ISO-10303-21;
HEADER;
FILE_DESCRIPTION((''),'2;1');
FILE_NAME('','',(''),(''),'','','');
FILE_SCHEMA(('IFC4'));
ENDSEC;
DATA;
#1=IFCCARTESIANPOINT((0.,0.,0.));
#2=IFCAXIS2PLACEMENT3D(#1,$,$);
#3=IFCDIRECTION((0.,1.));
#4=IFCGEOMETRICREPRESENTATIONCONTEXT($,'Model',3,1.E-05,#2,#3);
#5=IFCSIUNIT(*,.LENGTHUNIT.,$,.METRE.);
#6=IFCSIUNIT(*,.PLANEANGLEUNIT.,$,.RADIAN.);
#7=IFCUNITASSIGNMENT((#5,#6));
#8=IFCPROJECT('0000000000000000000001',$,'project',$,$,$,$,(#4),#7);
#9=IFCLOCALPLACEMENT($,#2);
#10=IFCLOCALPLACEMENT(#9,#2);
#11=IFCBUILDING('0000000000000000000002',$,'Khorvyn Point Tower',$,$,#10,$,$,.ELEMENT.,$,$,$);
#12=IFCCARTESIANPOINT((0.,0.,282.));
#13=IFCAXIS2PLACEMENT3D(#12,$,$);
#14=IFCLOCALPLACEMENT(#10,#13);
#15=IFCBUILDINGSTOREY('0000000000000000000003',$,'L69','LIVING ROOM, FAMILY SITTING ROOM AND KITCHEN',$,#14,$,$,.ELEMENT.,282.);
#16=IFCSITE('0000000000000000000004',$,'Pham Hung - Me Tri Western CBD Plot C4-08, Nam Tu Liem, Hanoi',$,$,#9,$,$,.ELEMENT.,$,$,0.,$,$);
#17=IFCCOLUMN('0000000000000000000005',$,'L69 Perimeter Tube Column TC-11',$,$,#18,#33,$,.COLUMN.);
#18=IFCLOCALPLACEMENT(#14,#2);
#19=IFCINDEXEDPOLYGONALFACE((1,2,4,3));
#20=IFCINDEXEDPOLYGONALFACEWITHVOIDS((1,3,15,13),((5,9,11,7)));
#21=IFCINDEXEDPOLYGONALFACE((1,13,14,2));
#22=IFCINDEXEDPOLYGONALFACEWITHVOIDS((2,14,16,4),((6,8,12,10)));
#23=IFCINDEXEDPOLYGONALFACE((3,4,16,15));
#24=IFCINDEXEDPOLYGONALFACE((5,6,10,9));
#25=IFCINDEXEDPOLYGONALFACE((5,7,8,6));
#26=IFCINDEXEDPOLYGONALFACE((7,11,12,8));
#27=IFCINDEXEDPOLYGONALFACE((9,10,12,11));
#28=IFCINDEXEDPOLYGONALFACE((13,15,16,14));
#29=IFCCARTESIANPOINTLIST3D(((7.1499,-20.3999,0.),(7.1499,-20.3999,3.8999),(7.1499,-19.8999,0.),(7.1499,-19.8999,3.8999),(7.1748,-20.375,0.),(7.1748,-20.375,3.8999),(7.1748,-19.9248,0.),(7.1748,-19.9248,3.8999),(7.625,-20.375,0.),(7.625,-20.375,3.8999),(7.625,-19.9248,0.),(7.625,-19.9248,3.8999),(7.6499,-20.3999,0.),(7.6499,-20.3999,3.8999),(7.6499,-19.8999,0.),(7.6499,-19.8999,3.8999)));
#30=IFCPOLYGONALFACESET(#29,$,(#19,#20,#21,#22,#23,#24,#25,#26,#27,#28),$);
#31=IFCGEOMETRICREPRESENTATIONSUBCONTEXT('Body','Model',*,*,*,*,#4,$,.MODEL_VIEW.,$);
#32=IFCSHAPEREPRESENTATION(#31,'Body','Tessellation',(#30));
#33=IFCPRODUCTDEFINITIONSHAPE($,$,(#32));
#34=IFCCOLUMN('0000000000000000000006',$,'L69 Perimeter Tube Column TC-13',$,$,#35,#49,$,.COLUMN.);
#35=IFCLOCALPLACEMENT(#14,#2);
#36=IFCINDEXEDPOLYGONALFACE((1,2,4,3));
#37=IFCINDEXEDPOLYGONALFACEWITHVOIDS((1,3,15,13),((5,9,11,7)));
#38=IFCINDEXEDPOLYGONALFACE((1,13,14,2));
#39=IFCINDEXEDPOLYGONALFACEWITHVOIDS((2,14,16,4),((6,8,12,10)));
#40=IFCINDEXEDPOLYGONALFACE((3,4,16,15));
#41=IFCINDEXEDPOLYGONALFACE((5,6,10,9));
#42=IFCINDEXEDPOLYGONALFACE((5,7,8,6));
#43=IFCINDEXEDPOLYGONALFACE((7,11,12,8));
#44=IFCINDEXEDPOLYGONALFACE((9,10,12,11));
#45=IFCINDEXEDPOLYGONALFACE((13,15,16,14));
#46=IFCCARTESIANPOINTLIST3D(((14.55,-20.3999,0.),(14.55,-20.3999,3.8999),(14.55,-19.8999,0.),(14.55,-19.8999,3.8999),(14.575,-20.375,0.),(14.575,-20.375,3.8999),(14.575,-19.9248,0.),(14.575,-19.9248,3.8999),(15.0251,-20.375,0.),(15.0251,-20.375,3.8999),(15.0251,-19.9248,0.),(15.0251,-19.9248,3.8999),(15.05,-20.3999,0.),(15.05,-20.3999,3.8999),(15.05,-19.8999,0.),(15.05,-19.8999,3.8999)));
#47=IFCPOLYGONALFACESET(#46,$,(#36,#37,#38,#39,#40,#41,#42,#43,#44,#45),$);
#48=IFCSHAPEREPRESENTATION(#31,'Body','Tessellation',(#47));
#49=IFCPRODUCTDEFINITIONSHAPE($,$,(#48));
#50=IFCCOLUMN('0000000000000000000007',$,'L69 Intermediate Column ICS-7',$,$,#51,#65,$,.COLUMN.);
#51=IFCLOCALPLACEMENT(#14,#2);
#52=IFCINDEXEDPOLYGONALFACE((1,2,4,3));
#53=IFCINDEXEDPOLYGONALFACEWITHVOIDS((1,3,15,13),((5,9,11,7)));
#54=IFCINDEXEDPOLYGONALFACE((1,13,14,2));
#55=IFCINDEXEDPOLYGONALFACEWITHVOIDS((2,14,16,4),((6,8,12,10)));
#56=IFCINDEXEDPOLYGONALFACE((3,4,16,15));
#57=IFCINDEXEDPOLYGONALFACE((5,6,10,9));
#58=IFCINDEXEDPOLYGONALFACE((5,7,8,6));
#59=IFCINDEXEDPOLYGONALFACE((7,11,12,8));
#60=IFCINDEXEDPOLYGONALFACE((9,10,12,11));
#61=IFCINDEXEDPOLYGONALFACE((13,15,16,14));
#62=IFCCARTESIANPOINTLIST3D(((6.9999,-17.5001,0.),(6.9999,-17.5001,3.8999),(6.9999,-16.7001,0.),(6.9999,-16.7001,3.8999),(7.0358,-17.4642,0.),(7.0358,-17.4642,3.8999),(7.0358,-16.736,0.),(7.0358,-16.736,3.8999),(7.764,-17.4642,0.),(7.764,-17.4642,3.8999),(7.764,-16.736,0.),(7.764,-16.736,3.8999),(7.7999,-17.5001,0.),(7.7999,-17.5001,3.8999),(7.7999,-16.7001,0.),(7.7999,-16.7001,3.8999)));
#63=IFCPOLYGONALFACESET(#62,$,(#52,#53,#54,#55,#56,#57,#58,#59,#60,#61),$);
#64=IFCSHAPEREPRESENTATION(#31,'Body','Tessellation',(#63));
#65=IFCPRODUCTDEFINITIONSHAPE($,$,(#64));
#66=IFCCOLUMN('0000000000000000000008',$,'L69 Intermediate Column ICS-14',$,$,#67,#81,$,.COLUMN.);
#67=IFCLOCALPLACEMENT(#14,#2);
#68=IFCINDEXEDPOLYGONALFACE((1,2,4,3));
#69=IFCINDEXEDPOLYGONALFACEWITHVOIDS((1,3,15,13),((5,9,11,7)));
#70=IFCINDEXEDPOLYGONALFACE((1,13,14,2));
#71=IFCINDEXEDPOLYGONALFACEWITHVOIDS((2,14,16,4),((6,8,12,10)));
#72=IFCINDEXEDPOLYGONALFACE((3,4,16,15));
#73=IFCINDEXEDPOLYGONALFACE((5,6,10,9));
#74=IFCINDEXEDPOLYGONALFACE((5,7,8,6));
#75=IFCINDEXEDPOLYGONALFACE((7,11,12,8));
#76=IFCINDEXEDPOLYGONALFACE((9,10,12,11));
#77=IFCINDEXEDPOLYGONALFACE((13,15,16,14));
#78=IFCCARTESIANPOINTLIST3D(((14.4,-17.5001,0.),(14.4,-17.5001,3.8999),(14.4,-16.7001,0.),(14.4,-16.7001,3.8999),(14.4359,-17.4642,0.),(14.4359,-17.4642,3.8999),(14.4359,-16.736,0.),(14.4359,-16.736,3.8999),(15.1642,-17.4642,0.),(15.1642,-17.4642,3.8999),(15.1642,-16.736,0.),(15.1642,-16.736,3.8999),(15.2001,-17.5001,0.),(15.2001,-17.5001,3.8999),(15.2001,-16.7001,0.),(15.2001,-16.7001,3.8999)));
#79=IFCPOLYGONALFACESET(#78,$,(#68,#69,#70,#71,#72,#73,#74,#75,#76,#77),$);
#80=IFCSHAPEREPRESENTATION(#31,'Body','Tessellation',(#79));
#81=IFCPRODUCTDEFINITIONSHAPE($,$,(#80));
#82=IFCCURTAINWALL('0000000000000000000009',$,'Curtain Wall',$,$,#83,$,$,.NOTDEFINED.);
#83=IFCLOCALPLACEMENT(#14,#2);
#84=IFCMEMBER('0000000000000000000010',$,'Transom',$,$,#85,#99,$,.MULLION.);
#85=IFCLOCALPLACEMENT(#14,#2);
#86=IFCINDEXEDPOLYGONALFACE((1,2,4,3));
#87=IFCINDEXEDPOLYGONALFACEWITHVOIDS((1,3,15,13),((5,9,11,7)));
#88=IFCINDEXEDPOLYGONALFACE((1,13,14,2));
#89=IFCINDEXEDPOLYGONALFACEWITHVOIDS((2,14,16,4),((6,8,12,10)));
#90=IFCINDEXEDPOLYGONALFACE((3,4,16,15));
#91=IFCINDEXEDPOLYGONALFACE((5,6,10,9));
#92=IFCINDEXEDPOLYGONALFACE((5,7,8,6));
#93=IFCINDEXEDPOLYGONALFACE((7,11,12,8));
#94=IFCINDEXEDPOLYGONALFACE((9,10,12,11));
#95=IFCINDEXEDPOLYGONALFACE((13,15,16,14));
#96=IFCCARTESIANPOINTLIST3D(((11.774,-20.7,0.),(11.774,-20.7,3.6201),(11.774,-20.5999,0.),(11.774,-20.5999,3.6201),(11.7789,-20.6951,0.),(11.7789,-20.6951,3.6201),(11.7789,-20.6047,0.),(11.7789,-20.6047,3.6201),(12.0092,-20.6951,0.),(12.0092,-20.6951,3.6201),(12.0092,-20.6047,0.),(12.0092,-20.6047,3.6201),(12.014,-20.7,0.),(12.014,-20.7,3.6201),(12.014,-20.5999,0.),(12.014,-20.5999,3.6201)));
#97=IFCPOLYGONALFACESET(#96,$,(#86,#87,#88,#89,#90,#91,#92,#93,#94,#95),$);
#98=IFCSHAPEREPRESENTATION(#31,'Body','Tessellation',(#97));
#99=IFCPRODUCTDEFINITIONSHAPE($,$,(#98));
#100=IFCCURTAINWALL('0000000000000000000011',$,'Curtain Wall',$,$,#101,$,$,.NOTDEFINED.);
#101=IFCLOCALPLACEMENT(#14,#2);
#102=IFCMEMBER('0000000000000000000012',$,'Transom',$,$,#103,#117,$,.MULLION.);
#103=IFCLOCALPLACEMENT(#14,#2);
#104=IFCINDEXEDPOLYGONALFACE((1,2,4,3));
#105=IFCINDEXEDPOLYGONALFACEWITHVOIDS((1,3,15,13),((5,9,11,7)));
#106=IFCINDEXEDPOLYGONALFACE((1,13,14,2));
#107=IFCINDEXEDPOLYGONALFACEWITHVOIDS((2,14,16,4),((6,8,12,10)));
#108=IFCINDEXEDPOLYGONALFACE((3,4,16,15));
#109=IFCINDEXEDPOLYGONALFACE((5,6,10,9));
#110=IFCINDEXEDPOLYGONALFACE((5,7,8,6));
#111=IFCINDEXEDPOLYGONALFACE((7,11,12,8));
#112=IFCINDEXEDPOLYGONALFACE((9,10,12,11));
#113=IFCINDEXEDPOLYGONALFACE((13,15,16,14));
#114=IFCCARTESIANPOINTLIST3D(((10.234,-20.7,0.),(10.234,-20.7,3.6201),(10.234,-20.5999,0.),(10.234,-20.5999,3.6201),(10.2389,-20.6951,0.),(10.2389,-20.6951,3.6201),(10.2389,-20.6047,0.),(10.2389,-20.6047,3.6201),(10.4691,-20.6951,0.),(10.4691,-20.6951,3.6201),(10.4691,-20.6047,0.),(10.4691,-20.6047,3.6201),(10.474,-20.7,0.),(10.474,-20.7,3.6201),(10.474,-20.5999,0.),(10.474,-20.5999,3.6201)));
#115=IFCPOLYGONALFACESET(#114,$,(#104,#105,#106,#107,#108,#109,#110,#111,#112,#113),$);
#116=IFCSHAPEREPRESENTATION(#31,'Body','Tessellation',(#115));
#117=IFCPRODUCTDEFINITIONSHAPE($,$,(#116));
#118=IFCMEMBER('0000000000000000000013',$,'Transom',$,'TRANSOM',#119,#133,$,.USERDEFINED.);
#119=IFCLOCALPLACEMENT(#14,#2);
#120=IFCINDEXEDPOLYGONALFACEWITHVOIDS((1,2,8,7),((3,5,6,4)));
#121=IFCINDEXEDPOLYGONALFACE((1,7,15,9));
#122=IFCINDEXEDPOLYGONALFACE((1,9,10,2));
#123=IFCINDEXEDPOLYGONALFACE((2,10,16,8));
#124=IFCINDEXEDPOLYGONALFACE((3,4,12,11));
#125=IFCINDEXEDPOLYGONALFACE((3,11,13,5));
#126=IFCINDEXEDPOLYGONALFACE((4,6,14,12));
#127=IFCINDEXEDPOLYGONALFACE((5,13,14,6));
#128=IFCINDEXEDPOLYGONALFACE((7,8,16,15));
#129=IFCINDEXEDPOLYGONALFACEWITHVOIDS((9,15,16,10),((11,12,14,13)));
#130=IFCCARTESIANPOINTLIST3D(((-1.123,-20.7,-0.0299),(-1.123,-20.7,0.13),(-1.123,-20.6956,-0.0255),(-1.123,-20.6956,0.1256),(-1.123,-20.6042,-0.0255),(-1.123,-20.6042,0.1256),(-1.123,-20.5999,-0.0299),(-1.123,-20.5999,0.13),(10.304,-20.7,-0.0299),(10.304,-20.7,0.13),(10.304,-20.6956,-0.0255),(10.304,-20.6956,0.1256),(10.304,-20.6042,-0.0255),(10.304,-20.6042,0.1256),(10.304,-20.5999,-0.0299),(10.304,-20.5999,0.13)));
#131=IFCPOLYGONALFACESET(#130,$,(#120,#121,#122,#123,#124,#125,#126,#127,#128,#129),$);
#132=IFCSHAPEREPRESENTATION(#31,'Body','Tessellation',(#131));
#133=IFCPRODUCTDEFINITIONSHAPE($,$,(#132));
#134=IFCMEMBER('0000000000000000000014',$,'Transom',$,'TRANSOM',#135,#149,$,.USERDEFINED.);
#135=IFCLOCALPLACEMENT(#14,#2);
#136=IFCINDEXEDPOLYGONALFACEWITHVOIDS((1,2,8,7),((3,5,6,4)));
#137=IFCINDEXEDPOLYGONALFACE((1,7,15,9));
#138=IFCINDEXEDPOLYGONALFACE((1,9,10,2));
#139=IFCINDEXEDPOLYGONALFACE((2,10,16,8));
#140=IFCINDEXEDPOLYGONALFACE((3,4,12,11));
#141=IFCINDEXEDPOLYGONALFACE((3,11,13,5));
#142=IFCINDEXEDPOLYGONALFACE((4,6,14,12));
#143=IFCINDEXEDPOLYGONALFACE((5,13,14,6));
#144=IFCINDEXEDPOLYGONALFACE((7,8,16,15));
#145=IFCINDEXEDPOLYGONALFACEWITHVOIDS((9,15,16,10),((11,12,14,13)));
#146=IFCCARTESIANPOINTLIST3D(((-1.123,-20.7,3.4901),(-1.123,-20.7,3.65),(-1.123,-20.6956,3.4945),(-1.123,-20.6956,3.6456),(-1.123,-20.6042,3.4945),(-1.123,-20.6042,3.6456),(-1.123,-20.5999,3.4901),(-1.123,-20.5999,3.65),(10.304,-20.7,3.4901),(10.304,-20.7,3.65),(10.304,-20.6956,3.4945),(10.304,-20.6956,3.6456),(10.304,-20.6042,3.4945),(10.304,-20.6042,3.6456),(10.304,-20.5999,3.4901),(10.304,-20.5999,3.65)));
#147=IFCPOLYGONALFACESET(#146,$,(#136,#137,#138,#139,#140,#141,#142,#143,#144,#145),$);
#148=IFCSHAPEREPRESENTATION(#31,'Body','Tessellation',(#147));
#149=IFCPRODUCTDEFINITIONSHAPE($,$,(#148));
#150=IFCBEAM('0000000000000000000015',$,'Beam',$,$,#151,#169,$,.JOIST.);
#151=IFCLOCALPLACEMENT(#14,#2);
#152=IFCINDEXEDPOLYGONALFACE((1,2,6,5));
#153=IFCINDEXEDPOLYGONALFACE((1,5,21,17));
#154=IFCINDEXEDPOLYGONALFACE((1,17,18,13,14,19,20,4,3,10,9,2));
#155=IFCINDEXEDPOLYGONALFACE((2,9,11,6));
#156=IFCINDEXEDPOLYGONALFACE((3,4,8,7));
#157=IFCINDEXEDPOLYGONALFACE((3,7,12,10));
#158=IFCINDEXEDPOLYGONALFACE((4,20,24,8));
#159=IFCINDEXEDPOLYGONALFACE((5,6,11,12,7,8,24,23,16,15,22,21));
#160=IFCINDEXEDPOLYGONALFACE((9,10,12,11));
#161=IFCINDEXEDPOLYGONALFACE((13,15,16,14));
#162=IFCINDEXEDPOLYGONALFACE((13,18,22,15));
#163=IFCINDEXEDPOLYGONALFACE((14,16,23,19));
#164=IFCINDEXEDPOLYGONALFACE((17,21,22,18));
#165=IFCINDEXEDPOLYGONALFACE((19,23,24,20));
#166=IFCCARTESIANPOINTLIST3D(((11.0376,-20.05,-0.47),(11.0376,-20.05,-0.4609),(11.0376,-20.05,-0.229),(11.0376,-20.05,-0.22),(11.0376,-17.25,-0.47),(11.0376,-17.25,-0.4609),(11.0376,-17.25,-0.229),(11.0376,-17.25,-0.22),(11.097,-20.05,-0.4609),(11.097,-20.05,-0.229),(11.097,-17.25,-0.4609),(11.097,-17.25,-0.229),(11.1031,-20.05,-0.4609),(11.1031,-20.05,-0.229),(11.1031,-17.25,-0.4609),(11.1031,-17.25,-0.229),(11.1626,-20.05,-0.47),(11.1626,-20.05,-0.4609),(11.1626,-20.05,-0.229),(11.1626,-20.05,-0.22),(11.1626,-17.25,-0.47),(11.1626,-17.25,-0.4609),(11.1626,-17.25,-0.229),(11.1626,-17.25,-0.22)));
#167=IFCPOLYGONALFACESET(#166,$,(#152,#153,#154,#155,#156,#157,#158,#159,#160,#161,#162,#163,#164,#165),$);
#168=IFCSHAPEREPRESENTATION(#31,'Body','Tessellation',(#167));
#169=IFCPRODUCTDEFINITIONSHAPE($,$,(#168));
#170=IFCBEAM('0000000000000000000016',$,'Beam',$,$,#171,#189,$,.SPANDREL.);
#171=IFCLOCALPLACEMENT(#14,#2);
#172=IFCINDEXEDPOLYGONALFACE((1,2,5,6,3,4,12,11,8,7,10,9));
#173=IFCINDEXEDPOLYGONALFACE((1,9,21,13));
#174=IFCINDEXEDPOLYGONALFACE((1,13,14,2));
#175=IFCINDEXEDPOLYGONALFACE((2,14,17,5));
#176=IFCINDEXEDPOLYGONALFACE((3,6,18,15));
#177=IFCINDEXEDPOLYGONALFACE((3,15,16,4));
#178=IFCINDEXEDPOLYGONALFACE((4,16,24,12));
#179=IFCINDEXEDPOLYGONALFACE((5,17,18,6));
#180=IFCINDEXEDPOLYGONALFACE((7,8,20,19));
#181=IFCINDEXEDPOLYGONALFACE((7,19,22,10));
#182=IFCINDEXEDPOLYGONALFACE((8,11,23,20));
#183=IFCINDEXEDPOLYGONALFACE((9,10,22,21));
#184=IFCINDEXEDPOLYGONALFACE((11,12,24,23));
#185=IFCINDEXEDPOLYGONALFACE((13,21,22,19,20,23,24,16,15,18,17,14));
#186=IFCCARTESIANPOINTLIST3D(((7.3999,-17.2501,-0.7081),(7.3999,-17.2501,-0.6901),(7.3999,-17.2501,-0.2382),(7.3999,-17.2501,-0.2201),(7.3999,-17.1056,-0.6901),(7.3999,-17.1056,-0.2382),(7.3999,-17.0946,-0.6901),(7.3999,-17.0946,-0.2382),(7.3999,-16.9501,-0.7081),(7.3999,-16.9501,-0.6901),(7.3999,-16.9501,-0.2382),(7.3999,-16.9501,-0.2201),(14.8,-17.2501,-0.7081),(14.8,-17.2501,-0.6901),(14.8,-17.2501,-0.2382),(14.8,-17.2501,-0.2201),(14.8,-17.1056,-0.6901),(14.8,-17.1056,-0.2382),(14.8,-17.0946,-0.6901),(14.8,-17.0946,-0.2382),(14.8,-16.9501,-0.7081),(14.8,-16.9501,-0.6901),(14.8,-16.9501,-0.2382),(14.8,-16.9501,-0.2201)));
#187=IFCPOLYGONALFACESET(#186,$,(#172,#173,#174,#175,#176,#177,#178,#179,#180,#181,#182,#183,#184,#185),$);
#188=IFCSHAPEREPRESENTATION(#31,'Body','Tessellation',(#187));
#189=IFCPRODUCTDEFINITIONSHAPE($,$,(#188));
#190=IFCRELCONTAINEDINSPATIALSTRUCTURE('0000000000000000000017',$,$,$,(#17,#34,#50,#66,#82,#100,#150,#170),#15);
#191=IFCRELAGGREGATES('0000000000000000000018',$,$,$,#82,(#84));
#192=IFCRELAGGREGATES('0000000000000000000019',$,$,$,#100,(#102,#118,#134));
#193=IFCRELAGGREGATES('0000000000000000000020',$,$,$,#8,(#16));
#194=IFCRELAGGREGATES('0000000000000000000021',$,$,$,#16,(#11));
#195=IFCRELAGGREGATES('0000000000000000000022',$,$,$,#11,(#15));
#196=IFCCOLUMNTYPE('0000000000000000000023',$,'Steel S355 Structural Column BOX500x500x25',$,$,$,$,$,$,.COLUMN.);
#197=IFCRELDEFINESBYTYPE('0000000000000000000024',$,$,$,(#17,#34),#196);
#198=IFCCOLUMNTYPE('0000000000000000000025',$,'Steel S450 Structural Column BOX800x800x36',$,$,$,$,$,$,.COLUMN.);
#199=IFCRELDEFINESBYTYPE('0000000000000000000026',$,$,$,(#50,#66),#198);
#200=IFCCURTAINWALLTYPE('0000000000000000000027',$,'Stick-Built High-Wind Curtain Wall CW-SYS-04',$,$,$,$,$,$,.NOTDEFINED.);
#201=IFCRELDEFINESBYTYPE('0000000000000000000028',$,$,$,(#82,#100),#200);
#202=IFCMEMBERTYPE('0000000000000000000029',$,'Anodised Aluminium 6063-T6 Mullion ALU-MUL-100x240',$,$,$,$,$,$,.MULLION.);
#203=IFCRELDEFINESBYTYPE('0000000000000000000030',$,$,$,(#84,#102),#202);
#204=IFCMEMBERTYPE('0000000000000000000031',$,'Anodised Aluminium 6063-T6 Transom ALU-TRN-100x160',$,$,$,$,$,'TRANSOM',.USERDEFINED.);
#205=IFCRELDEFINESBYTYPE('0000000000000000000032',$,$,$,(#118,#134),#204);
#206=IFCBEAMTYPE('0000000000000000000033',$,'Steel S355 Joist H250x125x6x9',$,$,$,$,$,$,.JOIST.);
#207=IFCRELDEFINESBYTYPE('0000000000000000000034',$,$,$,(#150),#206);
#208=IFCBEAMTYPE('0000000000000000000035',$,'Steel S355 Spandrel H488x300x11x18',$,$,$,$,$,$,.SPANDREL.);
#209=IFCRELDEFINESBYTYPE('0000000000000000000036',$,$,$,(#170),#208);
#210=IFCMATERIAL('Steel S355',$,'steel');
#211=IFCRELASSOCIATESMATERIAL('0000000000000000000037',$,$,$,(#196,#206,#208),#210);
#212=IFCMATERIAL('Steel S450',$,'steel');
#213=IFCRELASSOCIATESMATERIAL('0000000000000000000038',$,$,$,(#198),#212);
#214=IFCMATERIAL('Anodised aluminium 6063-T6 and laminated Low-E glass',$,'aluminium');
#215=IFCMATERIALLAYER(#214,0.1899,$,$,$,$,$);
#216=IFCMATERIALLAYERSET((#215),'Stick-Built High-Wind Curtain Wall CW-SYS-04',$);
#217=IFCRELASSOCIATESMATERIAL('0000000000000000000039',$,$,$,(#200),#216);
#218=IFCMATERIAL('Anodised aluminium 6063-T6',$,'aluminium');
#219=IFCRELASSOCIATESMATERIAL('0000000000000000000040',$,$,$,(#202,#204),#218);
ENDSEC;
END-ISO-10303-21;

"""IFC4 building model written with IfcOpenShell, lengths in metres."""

from ifc_helpers import new_model, si_unit, direction, frame, origin, origin_2d, place, context, subcontext, project, spatial, hollow_rectangle, i_section, extrude, material, layer, layer_set, material_profile, profile_set, type_object, element, aggregate, save


model = new_model("IFC4")

# Units and contexts
model_context = context("Model", 3, precision=1e-05, world=origin(), true_north=direction((0.0, 1.0)))
body_context = subcontext(model_context, "Body", "Model", "MODEL_VIEW")
ifc_project = project(units=[si_unit("LENGTHUNIT", "METRE"), si_unit("PLANEANGLEUNIT", "RADIAN")], contexts=[model_context])

# Site, building, storey
site_placement = place(None, origin())
site = spatial("IfcSite", under=ifc_project, at=site_placement, Name="Pham Hung - Me Tri Western CBD Plot C4-08, Nam Tu Liem, Hanoi", CompositionType="ELEMENT", RefElevation=0.0)
building_placement = place(site_placement, origin())
building = spatial("IfcBuilding", under=site, at=building_placement, Name="Khorvyn Point Tower", CompositionType="ELEMENT")
storey_placement = place(building_placement, frame((0.0, 0.0, 282.0)))
storey = spatial("IfcBuildingStorey", under=building, at=storey_placement, Name="L69", Description="LIVING ROOM, FAMILY SITTING ROOM AND KITCHEN", CompositionType="ELEMENT", Elevation=282.0)

# Columns
ifc_material_1 = material(Name="Steel S355", Category="steel")
ifc_material_profile_1 = material_profile(ifc_material_1, hollow_rectangle(XDim=0.5, YDim=0.5, WallThickness=0.0249, at=origin_2d()))
ifc_profile_set_1 = profile_set([ifc_material_profile_1], Name="Steel S355 BOX500x500x25")
column_type_1 = type_object("IfcColumnType", Name="Steel S355 Structural Column BOX500x500x25", PredefinedType="COLUMN", material=ifc_profile_set_1)
for number, where, z_axis, x_axis, name in (
    (1, (7.3999, -20.1499, 0.0), (0.0, 0.0, 1.0), (1.0, 0.0, 0.0), "L69 Perimeter Tube Column TC-11"),
    (2, (14.8, -20.1499, 0.0), (0.0, 0.0, 1.0), (1.0, 0.0, 0.0), "L69 Perimeter Tube Column TC-13"),
):
    element("IfcColumn", number, at=place(storey_placement, frame(where, z_axis=z_axis, x_axis=x_axis)), inside=storey, type_object=column_type_1, Name=name, PredefinedType="COLUMN", context=body_context, shape_type="SweptSolid", body=[
        extrude(hollow_rectangle(XDim=0.5, YDim=0.5, WallThickness=0.0249, at=origin_2d()), origin(), (0.0, 0.0, 1.0), 3.8999),
    ])
ifc_material_2 = material(Name="Steel S450", Category="steel")
ifc_material_profile_2 = material_profile(ifc_material_2, hollow_rectangle(XDim=0.8, YDim=0.8, WallThickness=0.0359, at=origin_2d()))
ifc_profile_set_2 = profile_set([ifc_material_profile_2], Name="Steel S450 BOX800x800x36")
column_type_2 = type_object("IfcColumnType", Name="Steel S450 Structural Column BOX800x800x36", PredefinedType="COLUMN", material=ifc_profile_set_2)
for number, where, z_axis, x_axis, name in (
    (3, (7.3999, -17.1001, 0.0), (0.0, 0.0, 1.0), (1.0, 0.0, 0.0), "L69 Intermediate Column ICS-7"),
    (4, (14.8, -17.1001, 0.0), (0.0, 0.0, 1.0), (1.0, 0.0, 0.0), "L69 Intermediate Column ICS-14"),
):
    element("IfcColumn", number, at=place(storey_placement, frame(where, z_axis=z_axis, x_axis=x_axis)), inside=storey, type_object=column_type_2, Name=name, PredefinedType="COLUMN", context=body_context, shape_type="SweptSolid", body=[
        extrude(hollow_rectangle(XDim=0.8, YDim=0.8, WallThickness=0.0359, at=origin_2d()), origin(), (0.0, 0.0, 1.0), 3.8999),
    ])

# Curtain wall, member
ifc_material_3 = material(Name="Anodised aluminium 6063-T6 and laminated Low-E glass", Category="aluminium")
ifc_layer_1 = layer(ifc_material_3, 0.1899)
ifc_layer_set_1 = layer_set([ifc_layer_1], Name="Stick-Built High-Wind Curtain Wall CW-SYS-04")
curtain_wall_type = type_object("IfcCurtainWallType", Name="Stick-Built High-Wind Curtain Wall CW-SYS-04", PredefinedType="NOTDEFINED", material=ifc_layer_set_1)
curtain_wall_1_placement = place(storey_placement, origin())
curtain_wall_1 = element("IfcCurtainWall", 5, at=curtain_wall_1_placement, inside=storey, type_object=curtain_wall_type, Name="Curtain Wall", PredefinedType="NOTDEFINED")
ifc_material_4 = material(Name="Anodised aluminium 6063-T6", Category="aluminium")
ifc_material_profile_3 = material_profile(ifc_material_4, hollow_rectangle(XDim=0.1001, YDim=0.24, WallThickness=0.0049, at=origin_2d()))
ifc_profile_set_3 = profile_set([ifc_material_profile_3], Name="Anodised aluminium 6063-T6 ALU-MUL-100x240")
member_type_1 = type_object("IfcMemberType", Name="Anodised Aluminium 6063-T6 Mullion ALU-MUL-100x240", PredefinedType="MULLION", material=ifc_profile_set_3)
member_1_placement = place(storey_placement, frame((11.894, -20.6499, 0.0), z_axis=(0.0, 0.0, 1.0), x_axis=(0.0, -1.0, 0.0)))
member_1 = element("IfcMember", 6, at=member_1_placement, type_object=member_type_1, Name="Transom", PredefinedType="MULLION", context=body_context, shape_type="SweptSolid", body=[
    extrude(hollow_rectangle(XDim=0.1001, YDim=0.24, WallThickness=0.0049, at=origin_2d()), origin(), (0.0, 0.0, 1.0), 3.6201),
])

# Curtain wall, members
curtain_wall_2_placement = place(storey_placement, origin())
curtain_wall_2 = element("IfcCurtainWall", 7, at=curtain_wall_2_placement, inside=storey, type_object=curtain_wall_type, Name="Curtain Wall", PredefinedType="NOTDEFINED")
member_2_placement = place(storey_placement, frame((10.354, -20.6499, 0.0), z_axis=(0.0, 0.0, 1.0), x_axis=(0.0, -1.0, 0.0)))
member_2 = element("IfcMember", 8, at=member_2_placement, type_object=member_type_1, Name="Transom", PredefinedType="MULLION", context=body_context, shape_type="SweptSolid", body=[
    extrude(hollow_rectangle(XDim=0.1001, YDim=0.24, WallThickness=0.0049, at=origin_2d()), origin(), (0.0, 0.0, 1.0), 3.6201),
])
ifc_material_profile_4 = material_profile(ifc_material_4, hollow_rectangle(XDim=0.1001, YDim=0.1599, WallThickness=0.0044, at=origin_2d()))
ifc_profile_set_4 = profile_set([ifc_material_profile_4], Name="Anodised aluminium 6063-T6 ALU-TRN-100x160")
member_type_2 = type_object("IfcMemberType", Name="Anodised Aluminium 6063-T6 Transom ALU-TRN-100x160", ElementType="TRANSOM", PredefinedType="USERDEFINED", material=ifc_profile_set_4)
member_3_placement = place(storey_placement, frame((10.304, -20.6499, 0.05), z_axis=(-1.0, 0.0, 0.0), x_axis=(0.0, -1.0, 0.0)))
member_3 = element("IfcMember", 9, at=member_3_placement, type_object=member_type_2, Name="Transom", ObjectType="TRANSOM", PredefinedType="USERDEFINED", context=body_context, shape_type="SweptSolid", body=[
    extrude(hollow_rectangle(XDim=0.1001, YDim=0.1599, WallThickness=0.0044, at=origin_2d()), origin(), (0.0, 0.0, 1.0), 11.427),
])
member_4_placement = place(storey_placement, frame((10.304, -20.6499, 3.5701), z_axis=(-1.0, 0.0, 0.0), x_axis=(0.0, -1.0, 0.0)))
member_4 = element("IfcMember", 10, at=member_4_placement, type_object=member_type_2, Name="Transom", ObjectType="TRANSOM", PredefinedType="USERDEFINED", context=body_context, shape_type="SweptSolid", body=[
    extrude(hollow_rectangle(XDim=0.1001, YDim=0.1599, WallThickness=0.0044, at=origin_2d()), origin(), (0.0, 0.0, 1.0), 11.427),
])

# Beams
ifc_material_profile_5 = material_profile(ifc_material_1, i_section(OverallWidth=0.125, OverallDepth=0.25, WebThickness=0.0061, FlangeThickness=0.009, at=origin_2d()))
ifc_profile_set_5 = profile_set([ifc_material_profile_5], Name="Steel S355 H250x125x6x9")
beam_type_1 = type_object("IfcBeamType", Name="Steel S355 Joist H250x125x6x9", PredefinedType="JOIST", material=ifc_profile_set_5)
beam_1_placement = place(storey_placement, frame((11.1001, -20.05, -0.345), z_axis=(0.0, 1.0, 0.0), x_axis=(-1.0, 0.0, 0.0)))
element("IfcBeam", 11, at=beam_1_placement, inside=storey, type_object=beam_type_1, Name="Beam", PredefinedType="JOIST", context=body_context, shape_type="SweptSolid", body=[
    extrude(i_section(OverallWidth=0.125, OverallDepth=0.25, WebThickness=0.0061, FlangeThickness=0.009, at=origin_2d()), origin(), (0.0, 0.0, 1.0), 2.8),
])
ifc_material_profile_6 = material_profile(ifc_material_1, i_section(OverallWidth=0.3, OverallDepth=0.488, WebThickness=0.011, FlangeThickness=0.0181, at=origin_2d()))
ifc_profile_set_6 = profile_set([ifc_material_profile_6], Name="Steel S355 H488x300x11x18")
beam_type_2 = type_object("IfcBeamType", Name="Steel S355 Spandrel H488x300x11x18", PredefinedType="SPANDREL", material=ifc_profile_set_6)
beam_2_placement = place(storey_placement, frame((7.3999, -17.1001, -0.4641), z_axis=(1.0, 0.0, 0.0), x_axis=(0.0, 1.0, 0.0)))
element("IfcBeam", 12, at=beam_2_placement, inside=storey, type_object=beam_type_2, Name="Beam", PredefinedType="SPANDREL", context=body_context, shape_type="SweptSolid", body=[
    extrude(i_section(OverallWidth=0.3, OverallDepth=0.488, WebThickness=0.011, FlangeThickness=0.0181, at=origin_2d()), origin(), (0.0, 0.0, 1.0), 7.4001),
])

aggregate(curtain_wall_1, [member_1])
aggregate(curtain_wall_2, [member_2, member_3, member_4])

save(model, "model.ifc")
